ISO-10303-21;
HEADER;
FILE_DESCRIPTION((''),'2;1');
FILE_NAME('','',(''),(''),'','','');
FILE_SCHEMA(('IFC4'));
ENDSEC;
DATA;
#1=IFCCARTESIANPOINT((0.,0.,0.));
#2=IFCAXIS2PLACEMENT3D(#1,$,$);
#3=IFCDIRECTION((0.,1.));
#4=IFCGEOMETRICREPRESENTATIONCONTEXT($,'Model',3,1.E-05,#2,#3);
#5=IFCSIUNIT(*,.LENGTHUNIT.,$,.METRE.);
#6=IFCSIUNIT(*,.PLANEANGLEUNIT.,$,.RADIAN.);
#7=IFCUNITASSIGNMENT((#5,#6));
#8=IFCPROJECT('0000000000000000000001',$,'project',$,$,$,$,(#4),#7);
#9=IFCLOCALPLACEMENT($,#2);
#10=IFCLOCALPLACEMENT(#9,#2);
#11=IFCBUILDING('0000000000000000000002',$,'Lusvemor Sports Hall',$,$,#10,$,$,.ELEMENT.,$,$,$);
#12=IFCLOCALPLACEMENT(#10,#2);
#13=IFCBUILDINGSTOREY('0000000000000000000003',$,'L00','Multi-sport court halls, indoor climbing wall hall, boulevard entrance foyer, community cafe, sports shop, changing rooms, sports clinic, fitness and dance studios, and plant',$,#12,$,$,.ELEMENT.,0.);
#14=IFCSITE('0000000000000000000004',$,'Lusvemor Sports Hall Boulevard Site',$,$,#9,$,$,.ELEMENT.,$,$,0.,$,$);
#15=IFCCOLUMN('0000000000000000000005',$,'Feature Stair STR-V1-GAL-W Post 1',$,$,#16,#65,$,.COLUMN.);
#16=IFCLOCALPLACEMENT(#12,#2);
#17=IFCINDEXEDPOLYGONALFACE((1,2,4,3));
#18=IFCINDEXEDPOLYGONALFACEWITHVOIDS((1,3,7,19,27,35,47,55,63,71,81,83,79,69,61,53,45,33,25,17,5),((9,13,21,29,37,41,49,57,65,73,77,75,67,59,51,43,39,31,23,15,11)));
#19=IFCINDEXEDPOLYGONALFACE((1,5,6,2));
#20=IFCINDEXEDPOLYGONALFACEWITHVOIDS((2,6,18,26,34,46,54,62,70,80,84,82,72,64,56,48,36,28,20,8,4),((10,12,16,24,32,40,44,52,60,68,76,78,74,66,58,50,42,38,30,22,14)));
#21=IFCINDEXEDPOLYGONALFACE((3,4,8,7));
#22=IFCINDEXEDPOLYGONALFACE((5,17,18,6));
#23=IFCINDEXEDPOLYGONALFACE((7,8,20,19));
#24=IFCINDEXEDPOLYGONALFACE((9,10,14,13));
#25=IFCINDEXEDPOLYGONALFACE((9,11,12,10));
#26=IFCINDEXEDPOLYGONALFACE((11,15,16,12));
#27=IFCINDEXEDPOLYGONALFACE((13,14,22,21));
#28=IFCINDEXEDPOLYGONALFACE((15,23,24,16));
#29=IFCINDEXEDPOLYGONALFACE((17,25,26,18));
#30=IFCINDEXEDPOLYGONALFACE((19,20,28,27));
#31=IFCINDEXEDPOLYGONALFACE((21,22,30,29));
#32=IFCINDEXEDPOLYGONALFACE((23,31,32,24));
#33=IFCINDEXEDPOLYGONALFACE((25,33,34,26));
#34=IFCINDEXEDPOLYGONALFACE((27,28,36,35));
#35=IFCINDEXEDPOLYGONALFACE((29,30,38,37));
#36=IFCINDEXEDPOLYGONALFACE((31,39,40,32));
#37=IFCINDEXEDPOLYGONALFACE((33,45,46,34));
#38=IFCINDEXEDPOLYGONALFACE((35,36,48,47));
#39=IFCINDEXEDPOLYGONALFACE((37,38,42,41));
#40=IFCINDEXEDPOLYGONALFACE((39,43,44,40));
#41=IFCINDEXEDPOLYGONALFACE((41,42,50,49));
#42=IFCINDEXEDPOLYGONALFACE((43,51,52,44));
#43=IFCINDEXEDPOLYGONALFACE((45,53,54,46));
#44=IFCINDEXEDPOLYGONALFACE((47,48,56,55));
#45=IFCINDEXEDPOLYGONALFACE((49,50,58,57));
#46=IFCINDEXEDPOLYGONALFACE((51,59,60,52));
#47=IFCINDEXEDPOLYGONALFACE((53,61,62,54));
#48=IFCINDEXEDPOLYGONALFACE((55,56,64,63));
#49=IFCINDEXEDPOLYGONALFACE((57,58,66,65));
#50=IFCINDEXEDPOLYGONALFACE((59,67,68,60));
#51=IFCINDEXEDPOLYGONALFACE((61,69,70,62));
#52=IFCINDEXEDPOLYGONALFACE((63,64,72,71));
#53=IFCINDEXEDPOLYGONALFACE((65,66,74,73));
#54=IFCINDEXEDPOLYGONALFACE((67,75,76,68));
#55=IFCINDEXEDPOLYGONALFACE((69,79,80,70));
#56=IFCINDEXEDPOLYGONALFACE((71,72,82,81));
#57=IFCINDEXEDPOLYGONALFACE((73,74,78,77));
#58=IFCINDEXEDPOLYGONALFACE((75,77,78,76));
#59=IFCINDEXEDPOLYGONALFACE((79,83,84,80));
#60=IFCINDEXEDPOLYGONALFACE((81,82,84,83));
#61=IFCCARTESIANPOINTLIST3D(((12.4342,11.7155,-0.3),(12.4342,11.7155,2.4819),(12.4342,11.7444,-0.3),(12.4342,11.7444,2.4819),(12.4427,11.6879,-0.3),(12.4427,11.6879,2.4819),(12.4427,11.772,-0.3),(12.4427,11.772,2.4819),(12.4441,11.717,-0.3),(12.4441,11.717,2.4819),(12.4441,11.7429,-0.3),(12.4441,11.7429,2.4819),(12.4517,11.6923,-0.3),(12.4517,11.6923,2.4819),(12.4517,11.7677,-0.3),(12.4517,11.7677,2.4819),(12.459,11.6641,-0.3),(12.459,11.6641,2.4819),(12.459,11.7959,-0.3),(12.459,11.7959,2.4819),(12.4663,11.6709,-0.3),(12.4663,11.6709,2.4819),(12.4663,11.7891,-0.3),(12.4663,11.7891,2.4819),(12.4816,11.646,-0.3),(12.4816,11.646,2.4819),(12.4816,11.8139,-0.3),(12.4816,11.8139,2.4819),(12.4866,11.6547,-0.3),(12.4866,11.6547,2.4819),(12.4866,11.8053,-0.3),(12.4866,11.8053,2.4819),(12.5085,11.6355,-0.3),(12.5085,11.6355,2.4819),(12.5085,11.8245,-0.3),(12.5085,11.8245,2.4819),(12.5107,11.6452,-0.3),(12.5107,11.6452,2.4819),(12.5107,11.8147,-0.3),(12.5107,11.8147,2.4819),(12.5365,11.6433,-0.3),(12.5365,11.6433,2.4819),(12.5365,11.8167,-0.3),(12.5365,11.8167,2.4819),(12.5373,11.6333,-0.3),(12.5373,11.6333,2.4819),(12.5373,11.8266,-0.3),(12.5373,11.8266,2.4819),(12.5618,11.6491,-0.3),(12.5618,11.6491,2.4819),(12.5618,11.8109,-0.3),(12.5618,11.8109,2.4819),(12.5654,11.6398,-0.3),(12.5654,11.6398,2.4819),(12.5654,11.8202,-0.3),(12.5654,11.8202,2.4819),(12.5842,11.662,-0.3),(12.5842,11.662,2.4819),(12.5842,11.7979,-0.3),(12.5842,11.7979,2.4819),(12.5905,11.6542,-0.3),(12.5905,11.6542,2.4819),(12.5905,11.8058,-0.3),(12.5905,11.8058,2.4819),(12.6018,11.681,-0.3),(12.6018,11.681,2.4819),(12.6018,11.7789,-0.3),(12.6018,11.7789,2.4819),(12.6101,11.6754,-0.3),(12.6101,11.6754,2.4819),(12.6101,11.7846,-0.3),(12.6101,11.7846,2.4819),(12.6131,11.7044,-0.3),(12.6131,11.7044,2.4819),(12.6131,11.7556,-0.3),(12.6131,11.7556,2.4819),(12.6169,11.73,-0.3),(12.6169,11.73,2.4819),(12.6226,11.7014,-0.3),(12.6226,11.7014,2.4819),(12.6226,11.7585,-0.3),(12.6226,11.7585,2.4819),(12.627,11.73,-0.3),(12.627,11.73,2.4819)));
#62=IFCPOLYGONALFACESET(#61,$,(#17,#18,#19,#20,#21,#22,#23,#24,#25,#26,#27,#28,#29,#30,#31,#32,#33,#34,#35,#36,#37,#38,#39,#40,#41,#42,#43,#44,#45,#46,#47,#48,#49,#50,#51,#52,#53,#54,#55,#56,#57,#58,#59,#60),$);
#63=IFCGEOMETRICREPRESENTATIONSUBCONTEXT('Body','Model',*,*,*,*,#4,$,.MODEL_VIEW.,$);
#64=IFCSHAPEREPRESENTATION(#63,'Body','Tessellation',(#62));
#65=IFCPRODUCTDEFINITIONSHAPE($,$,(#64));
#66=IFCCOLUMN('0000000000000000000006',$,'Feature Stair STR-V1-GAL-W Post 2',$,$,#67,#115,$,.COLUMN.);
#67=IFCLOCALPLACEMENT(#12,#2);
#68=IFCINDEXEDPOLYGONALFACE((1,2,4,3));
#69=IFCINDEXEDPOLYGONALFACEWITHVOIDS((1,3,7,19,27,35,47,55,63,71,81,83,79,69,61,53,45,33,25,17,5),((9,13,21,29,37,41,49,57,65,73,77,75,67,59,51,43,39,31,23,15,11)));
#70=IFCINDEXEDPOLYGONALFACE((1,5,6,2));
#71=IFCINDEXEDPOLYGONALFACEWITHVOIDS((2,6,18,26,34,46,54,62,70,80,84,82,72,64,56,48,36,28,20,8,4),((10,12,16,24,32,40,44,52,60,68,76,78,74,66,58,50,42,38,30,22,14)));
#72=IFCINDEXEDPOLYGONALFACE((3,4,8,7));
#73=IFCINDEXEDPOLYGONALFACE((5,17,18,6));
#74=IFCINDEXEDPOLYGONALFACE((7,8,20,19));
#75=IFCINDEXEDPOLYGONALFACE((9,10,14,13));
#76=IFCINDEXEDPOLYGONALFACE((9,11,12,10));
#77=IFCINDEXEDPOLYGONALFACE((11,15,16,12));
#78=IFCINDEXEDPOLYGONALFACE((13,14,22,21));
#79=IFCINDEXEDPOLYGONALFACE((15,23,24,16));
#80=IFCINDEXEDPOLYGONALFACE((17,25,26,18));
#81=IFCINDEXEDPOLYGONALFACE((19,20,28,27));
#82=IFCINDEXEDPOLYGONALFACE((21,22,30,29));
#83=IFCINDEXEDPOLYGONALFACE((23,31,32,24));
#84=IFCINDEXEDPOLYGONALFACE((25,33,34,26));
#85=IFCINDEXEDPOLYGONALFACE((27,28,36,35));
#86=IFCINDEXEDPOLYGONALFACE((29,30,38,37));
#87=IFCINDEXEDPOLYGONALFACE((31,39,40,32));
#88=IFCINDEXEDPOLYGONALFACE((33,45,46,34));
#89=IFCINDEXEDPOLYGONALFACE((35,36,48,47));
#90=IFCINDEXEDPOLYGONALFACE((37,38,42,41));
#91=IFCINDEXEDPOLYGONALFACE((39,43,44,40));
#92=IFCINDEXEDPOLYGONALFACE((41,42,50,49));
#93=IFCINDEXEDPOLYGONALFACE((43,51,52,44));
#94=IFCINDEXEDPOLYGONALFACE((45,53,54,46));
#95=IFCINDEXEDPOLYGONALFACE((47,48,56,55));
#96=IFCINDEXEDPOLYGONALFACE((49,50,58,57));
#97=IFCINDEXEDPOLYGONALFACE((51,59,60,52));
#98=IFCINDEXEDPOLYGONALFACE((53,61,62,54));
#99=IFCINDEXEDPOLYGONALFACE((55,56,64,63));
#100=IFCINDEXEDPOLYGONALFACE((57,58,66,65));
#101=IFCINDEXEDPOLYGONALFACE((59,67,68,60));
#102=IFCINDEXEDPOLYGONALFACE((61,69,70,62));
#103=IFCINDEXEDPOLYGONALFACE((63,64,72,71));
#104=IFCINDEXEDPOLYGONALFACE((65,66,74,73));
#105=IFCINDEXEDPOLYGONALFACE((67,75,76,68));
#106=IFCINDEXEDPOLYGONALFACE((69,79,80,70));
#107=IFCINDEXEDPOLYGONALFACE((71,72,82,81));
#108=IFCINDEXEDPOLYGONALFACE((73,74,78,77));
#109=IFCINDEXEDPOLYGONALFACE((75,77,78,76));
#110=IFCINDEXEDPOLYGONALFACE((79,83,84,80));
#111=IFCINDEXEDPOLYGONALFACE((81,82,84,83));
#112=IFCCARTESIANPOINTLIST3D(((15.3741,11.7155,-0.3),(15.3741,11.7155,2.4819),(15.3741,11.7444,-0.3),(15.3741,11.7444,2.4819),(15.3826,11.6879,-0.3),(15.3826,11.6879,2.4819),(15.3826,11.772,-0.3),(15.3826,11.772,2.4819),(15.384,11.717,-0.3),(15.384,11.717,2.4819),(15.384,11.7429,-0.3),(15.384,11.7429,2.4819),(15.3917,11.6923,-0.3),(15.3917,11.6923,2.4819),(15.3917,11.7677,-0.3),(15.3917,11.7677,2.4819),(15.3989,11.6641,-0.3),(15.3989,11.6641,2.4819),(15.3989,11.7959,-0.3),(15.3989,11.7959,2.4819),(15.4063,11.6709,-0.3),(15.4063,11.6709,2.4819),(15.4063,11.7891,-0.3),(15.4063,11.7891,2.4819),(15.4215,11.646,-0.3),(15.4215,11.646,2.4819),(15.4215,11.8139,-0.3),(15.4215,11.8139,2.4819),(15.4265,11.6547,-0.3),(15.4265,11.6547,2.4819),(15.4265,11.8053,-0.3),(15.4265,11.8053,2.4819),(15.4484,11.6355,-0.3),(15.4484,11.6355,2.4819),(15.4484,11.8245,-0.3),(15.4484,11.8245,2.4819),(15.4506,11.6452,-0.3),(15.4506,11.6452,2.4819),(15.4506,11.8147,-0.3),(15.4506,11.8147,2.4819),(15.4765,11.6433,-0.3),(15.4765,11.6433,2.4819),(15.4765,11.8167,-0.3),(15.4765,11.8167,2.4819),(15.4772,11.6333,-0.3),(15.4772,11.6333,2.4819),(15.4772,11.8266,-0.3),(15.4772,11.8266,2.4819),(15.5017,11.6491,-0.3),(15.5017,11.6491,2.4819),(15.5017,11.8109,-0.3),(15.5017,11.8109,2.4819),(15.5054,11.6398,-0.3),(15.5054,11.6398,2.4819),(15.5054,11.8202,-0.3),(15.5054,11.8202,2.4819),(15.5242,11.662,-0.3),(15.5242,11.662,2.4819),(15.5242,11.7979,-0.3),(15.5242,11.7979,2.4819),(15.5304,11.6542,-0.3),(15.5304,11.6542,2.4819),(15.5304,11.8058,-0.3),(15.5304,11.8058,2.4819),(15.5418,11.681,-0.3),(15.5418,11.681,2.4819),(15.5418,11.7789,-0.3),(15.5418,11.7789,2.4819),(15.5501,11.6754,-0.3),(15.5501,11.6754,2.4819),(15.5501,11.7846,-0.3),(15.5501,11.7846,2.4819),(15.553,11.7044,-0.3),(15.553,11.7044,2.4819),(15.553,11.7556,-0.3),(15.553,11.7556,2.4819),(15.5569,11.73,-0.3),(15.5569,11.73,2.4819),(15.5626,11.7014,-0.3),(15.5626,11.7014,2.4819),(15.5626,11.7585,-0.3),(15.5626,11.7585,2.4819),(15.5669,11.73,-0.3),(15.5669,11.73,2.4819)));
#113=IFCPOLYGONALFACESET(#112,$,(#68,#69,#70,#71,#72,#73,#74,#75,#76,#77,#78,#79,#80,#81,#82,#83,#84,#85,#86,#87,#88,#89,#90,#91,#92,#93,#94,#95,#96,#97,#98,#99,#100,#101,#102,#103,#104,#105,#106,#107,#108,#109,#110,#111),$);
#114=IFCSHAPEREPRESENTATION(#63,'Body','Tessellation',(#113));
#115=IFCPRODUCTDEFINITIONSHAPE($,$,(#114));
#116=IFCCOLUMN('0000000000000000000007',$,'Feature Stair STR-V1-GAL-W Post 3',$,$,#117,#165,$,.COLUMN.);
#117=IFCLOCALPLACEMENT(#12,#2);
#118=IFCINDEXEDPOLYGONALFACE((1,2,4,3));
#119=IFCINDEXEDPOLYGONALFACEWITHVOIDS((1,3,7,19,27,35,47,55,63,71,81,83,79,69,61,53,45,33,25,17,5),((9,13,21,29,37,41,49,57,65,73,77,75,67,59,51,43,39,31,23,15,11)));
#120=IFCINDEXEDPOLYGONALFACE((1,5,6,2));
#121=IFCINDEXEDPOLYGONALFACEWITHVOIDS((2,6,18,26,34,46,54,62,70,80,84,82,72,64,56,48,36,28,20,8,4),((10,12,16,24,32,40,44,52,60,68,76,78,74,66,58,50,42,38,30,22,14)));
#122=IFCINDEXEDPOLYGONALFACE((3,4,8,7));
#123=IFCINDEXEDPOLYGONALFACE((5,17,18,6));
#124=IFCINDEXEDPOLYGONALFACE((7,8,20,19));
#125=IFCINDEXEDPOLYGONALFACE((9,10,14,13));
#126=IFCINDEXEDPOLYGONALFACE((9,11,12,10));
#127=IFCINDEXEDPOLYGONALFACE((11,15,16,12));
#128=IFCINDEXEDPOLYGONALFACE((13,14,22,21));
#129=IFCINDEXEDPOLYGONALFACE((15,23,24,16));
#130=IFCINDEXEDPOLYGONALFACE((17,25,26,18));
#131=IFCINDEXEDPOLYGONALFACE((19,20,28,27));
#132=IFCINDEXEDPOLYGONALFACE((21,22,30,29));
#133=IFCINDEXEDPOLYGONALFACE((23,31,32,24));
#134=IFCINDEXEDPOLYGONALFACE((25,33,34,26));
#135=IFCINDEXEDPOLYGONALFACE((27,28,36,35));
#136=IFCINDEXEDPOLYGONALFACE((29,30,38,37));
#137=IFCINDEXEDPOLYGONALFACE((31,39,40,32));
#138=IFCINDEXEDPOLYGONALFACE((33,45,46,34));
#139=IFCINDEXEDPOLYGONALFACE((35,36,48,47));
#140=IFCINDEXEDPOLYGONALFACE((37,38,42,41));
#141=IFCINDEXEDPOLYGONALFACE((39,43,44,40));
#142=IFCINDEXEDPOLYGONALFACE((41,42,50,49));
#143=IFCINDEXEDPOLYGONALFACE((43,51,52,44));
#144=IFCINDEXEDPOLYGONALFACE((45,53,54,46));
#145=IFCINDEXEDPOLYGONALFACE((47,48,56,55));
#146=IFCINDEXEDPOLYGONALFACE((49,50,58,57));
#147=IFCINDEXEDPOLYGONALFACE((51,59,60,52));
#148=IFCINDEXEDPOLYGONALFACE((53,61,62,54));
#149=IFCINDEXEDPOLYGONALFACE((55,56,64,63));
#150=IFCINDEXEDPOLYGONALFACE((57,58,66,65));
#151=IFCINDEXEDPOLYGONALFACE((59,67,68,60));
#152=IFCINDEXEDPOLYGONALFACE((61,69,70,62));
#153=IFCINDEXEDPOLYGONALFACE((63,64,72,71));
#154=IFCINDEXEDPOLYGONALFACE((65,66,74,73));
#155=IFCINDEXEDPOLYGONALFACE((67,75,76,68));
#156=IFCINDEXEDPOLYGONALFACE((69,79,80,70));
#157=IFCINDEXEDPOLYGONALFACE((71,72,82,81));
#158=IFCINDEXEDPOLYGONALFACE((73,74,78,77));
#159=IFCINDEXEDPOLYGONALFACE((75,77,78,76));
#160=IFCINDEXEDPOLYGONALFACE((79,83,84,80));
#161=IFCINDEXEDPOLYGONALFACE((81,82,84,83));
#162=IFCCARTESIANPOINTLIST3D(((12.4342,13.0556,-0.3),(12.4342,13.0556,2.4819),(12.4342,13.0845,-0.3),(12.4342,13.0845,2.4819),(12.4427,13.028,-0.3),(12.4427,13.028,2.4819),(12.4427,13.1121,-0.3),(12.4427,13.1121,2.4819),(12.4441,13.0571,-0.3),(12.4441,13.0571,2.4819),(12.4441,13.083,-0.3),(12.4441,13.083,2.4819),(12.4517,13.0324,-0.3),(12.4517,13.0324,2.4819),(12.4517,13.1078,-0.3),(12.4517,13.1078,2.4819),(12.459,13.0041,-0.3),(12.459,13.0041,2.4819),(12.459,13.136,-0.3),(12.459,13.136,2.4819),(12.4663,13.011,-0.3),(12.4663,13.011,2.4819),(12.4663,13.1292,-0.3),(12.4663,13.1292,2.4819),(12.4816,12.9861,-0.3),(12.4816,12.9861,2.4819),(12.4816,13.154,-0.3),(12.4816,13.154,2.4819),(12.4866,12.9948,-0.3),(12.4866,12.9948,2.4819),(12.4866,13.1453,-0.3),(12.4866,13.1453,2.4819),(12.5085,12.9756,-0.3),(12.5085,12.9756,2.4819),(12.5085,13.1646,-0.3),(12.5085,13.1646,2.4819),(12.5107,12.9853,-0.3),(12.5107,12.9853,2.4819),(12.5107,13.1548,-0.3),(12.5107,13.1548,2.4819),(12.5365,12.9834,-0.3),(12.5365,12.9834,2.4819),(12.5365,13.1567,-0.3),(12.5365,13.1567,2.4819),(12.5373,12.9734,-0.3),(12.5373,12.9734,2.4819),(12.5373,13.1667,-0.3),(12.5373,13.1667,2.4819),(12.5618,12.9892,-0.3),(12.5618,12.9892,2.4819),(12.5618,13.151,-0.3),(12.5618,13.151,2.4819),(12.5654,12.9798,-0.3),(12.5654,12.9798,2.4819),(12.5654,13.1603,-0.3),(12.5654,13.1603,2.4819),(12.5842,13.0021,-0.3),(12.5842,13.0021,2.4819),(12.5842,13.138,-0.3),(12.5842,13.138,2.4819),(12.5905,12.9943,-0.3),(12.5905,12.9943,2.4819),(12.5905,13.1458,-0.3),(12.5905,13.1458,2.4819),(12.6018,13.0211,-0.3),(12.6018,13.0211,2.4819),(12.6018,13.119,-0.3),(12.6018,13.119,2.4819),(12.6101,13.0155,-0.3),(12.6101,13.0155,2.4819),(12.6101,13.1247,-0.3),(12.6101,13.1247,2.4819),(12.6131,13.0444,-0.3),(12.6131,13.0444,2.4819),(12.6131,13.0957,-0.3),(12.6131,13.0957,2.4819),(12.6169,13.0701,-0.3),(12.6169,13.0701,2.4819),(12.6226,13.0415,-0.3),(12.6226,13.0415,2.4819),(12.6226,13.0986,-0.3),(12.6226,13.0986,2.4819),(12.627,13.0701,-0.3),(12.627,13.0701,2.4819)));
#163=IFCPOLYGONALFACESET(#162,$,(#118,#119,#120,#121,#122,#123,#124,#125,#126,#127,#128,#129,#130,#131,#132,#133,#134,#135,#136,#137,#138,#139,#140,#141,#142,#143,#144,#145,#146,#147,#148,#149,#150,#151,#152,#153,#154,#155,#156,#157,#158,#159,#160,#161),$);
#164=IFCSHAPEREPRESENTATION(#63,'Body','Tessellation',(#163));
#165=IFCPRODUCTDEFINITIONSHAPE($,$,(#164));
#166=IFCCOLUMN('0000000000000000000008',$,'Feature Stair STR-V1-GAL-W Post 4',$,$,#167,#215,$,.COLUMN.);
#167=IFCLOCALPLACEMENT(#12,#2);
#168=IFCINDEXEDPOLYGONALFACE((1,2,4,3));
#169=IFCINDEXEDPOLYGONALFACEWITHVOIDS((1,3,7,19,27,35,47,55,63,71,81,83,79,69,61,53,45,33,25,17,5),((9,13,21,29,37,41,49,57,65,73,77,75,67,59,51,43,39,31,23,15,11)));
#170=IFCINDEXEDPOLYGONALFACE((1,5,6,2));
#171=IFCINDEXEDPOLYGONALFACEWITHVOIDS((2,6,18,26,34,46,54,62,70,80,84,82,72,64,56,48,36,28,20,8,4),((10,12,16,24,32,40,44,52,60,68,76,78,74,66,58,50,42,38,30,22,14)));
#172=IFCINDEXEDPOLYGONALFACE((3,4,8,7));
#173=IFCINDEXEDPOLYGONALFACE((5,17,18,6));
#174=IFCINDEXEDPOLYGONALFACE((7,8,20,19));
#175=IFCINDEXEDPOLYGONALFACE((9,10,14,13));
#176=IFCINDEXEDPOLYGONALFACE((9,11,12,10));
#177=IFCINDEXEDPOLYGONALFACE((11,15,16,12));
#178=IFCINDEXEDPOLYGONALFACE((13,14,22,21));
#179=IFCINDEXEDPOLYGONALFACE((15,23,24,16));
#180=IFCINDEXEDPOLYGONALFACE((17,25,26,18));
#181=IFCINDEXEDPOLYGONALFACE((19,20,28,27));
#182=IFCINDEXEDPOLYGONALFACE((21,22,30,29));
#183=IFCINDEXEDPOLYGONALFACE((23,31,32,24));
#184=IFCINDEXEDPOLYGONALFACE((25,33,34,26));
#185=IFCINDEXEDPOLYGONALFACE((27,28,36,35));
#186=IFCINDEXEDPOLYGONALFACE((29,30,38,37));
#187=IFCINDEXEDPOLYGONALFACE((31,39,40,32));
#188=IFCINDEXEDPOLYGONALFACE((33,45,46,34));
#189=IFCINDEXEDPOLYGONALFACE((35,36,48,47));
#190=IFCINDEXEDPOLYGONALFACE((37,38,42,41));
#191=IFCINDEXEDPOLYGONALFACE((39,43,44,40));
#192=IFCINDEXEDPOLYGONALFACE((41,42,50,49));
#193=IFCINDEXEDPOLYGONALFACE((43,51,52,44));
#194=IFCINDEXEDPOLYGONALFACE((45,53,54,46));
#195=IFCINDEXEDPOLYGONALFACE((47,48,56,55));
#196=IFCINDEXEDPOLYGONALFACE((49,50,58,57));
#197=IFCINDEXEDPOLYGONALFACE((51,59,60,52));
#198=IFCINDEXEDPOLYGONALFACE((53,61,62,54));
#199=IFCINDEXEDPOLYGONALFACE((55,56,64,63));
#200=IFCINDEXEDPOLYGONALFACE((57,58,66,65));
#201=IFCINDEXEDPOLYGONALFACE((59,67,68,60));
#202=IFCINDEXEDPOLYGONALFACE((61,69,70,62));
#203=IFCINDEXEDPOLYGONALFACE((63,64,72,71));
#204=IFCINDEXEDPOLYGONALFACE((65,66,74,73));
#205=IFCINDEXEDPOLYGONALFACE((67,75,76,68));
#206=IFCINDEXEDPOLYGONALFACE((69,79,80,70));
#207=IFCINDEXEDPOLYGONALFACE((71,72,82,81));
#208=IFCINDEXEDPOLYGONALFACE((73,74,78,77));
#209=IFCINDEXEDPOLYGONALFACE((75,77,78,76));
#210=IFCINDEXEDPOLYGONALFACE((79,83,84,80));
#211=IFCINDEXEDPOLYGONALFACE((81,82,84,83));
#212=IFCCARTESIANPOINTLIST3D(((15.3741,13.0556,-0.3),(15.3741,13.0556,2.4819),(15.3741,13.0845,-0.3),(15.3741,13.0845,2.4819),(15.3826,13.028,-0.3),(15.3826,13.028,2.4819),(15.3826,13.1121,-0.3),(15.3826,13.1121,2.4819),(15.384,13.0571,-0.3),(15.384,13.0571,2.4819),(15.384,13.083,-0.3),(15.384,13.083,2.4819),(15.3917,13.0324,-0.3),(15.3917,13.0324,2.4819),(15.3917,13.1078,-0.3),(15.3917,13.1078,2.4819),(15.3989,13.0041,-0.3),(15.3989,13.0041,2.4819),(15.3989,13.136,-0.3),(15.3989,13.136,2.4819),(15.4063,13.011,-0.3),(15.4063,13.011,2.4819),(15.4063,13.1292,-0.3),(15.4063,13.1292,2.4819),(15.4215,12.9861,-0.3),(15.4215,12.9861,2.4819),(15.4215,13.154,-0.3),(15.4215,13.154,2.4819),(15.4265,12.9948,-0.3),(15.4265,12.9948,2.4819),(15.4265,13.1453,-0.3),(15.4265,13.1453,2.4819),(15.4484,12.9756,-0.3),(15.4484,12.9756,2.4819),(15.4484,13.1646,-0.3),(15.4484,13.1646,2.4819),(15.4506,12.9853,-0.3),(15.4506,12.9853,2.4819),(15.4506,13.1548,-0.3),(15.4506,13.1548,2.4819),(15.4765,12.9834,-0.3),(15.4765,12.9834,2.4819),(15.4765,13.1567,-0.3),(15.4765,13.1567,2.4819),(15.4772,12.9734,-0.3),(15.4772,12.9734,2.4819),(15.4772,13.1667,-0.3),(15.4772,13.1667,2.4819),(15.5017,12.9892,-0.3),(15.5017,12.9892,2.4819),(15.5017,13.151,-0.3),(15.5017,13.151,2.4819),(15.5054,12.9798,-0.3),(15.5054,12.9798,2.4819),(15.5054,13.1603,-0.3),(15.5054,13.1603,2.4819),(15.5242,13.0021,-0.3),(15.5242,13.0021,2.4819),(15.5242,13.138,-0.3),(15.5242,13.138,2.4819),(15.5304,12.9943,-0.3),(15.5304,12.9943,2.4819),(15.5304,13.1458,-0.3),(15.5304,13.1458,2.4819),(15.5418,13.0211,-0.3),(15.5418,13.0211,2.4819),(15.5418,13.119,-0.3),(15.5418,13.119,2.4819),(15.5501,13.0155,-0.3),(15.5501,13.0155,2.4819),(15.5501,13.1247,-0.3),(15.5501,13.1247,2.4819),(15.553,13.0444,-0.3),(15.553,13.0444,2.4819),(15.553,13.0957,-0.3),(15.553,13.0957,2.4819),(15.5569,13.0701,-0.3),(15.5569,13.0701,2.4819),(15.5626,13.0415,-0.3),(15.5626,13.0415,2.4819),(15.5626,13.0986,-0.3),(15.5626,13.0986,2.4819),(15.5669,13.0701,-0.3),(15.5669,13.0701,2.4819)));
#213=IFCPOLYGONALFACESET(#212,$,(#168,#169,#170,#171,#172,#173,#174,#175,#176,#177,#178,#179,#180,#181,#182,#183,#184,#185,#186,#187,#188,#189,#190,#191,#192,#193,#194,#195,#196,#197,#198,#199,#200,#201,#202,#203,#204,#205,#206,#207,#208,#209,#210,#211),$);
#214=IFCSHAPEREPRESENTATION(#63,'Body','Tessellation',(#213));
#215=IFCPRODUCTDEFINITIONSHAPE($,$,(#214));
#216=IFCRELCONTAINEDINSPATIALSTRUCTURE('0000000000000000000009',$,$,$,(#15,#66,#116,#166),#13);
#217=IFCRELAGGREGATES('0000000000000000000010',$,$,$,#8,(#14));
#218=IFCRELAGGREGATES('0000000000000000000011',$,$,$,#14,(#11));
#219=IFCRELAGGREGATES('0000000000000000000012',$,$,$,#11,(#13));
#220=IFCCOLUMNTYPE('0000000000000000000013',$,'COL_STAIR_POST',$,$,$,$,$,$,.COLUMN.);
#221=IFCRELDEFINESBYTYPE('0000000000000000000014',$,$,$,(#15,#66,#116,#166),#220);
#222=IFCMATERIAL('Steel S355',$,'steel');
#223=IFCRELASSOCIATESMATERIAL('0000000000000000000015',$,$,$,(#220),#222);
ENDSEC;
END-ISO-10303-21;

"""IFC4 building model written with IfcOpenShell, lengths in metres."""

from ifc_helpers import new_model, si_unit, direction, frame, origin, origin_2d, place, context, subcontext, project, spatial, hollow_circle, extrude, material, material_profile, profile_set, type_object, element, save


model = new_model("IFC4")

# Units and contexts
model_context = context("Model", 3, precision=1e-05, world=origin(), true_north=direction((0.0, 1.0)))
body_context = subcontext(model_context, "Body", "Model", "MODEL_VIEW")
ifc_project = project(units=[si_unit("LENGTHUNIT", "METRE"), si_unit("PLANEANGLEUNIT", "RADIAN")], contexts=[model_context])

# Site, building, storey
site_placement = place(None, origin())
site = spatial("IfcSite", under=ifc_project, at=site_placement, Name="Lusvemor Sports Hall Boulevard Site", CompositionType="ELEMENT", RefElevation=0.0)
building_placement = place(site_placement, origin())
building = spatial("IfcBuilding", under=site, at=building_placement, Name="Lusvemor Sports Hall", CompositionType="ELEMENT")
storey_placement = place(building_placement, origin())
storey = spatial("IfcBuildingStorey", under=building, at=storey_placement, Name="L00", Description="Multi-sport court halls, indoor climbing wall hall, boulevard entrance foyer, community cafe, sports shop, changing rooms, sports clinic, fitness and dance studios, and plant", CompositionType="ELEMENT", Elevation=0.0)

# Columns
ifc_material_1 = material(Name="Steel S355", Category="steel")
ifc_material_profile_1 = material_profile(ifc_material_1, hollow_circle(Radius=0.0969, WallThickness=0.01, at=origin_2d()), Name="CHS193.7x10.0")
ifc_profile_set_1 = profile_set([ifc_material_profile_1], Name="Steel S355")
column_type_1 = type_object("IfcColumnType", Name="COL_STAIR_POST", PredefinedType="COLUMN", material=ifc_profile_set_1)
for number, where, z_axis, x_axis, name in (
    (1, (12.53, 11.73, -0.3), (0.0, 0.0, 1.0), (1.0, 0.0, 0.0), "Feature Stair STR-V1-GAL-W Post 1"),
    (2, (15.47, 11.73, -0.3), (0.0, 0.0, 1.0), (1.0, 0.0, 0.0), "Feature Stair STR-V1-GAL-W Post 2"),
    (3, (12.53, 13.0701, -0.3), (0.0, 0.0, 1.0), (1.0, 0.0, 0.0), "Feature Stair STR-V1-GAL-W Post 3"),
    (4, (15.47, 13.0701, -0.3), (0.0, 0.0, 1.0), (1.0, 0.0, 0.0), "Feature Stair STR-V1-GAL-W Post 4"),
):
    element("IfcColumn", number, at=place(storey_placement, frame(where, z_axis=z_axis, x_axis=x_axis)), inside=storey, type_object=column_type_1, Name=name, PredefinedType="COLUMN", context=body_context, shape_type="SweptSolid", body=[
        extrude(hollow_circle(Radius=0.0969, WallThickness=0.01, at=origin_2d()), origin(), (0.0, 0.0, 1.0), 2.782),
    ])

save(model, "model.ifc")
